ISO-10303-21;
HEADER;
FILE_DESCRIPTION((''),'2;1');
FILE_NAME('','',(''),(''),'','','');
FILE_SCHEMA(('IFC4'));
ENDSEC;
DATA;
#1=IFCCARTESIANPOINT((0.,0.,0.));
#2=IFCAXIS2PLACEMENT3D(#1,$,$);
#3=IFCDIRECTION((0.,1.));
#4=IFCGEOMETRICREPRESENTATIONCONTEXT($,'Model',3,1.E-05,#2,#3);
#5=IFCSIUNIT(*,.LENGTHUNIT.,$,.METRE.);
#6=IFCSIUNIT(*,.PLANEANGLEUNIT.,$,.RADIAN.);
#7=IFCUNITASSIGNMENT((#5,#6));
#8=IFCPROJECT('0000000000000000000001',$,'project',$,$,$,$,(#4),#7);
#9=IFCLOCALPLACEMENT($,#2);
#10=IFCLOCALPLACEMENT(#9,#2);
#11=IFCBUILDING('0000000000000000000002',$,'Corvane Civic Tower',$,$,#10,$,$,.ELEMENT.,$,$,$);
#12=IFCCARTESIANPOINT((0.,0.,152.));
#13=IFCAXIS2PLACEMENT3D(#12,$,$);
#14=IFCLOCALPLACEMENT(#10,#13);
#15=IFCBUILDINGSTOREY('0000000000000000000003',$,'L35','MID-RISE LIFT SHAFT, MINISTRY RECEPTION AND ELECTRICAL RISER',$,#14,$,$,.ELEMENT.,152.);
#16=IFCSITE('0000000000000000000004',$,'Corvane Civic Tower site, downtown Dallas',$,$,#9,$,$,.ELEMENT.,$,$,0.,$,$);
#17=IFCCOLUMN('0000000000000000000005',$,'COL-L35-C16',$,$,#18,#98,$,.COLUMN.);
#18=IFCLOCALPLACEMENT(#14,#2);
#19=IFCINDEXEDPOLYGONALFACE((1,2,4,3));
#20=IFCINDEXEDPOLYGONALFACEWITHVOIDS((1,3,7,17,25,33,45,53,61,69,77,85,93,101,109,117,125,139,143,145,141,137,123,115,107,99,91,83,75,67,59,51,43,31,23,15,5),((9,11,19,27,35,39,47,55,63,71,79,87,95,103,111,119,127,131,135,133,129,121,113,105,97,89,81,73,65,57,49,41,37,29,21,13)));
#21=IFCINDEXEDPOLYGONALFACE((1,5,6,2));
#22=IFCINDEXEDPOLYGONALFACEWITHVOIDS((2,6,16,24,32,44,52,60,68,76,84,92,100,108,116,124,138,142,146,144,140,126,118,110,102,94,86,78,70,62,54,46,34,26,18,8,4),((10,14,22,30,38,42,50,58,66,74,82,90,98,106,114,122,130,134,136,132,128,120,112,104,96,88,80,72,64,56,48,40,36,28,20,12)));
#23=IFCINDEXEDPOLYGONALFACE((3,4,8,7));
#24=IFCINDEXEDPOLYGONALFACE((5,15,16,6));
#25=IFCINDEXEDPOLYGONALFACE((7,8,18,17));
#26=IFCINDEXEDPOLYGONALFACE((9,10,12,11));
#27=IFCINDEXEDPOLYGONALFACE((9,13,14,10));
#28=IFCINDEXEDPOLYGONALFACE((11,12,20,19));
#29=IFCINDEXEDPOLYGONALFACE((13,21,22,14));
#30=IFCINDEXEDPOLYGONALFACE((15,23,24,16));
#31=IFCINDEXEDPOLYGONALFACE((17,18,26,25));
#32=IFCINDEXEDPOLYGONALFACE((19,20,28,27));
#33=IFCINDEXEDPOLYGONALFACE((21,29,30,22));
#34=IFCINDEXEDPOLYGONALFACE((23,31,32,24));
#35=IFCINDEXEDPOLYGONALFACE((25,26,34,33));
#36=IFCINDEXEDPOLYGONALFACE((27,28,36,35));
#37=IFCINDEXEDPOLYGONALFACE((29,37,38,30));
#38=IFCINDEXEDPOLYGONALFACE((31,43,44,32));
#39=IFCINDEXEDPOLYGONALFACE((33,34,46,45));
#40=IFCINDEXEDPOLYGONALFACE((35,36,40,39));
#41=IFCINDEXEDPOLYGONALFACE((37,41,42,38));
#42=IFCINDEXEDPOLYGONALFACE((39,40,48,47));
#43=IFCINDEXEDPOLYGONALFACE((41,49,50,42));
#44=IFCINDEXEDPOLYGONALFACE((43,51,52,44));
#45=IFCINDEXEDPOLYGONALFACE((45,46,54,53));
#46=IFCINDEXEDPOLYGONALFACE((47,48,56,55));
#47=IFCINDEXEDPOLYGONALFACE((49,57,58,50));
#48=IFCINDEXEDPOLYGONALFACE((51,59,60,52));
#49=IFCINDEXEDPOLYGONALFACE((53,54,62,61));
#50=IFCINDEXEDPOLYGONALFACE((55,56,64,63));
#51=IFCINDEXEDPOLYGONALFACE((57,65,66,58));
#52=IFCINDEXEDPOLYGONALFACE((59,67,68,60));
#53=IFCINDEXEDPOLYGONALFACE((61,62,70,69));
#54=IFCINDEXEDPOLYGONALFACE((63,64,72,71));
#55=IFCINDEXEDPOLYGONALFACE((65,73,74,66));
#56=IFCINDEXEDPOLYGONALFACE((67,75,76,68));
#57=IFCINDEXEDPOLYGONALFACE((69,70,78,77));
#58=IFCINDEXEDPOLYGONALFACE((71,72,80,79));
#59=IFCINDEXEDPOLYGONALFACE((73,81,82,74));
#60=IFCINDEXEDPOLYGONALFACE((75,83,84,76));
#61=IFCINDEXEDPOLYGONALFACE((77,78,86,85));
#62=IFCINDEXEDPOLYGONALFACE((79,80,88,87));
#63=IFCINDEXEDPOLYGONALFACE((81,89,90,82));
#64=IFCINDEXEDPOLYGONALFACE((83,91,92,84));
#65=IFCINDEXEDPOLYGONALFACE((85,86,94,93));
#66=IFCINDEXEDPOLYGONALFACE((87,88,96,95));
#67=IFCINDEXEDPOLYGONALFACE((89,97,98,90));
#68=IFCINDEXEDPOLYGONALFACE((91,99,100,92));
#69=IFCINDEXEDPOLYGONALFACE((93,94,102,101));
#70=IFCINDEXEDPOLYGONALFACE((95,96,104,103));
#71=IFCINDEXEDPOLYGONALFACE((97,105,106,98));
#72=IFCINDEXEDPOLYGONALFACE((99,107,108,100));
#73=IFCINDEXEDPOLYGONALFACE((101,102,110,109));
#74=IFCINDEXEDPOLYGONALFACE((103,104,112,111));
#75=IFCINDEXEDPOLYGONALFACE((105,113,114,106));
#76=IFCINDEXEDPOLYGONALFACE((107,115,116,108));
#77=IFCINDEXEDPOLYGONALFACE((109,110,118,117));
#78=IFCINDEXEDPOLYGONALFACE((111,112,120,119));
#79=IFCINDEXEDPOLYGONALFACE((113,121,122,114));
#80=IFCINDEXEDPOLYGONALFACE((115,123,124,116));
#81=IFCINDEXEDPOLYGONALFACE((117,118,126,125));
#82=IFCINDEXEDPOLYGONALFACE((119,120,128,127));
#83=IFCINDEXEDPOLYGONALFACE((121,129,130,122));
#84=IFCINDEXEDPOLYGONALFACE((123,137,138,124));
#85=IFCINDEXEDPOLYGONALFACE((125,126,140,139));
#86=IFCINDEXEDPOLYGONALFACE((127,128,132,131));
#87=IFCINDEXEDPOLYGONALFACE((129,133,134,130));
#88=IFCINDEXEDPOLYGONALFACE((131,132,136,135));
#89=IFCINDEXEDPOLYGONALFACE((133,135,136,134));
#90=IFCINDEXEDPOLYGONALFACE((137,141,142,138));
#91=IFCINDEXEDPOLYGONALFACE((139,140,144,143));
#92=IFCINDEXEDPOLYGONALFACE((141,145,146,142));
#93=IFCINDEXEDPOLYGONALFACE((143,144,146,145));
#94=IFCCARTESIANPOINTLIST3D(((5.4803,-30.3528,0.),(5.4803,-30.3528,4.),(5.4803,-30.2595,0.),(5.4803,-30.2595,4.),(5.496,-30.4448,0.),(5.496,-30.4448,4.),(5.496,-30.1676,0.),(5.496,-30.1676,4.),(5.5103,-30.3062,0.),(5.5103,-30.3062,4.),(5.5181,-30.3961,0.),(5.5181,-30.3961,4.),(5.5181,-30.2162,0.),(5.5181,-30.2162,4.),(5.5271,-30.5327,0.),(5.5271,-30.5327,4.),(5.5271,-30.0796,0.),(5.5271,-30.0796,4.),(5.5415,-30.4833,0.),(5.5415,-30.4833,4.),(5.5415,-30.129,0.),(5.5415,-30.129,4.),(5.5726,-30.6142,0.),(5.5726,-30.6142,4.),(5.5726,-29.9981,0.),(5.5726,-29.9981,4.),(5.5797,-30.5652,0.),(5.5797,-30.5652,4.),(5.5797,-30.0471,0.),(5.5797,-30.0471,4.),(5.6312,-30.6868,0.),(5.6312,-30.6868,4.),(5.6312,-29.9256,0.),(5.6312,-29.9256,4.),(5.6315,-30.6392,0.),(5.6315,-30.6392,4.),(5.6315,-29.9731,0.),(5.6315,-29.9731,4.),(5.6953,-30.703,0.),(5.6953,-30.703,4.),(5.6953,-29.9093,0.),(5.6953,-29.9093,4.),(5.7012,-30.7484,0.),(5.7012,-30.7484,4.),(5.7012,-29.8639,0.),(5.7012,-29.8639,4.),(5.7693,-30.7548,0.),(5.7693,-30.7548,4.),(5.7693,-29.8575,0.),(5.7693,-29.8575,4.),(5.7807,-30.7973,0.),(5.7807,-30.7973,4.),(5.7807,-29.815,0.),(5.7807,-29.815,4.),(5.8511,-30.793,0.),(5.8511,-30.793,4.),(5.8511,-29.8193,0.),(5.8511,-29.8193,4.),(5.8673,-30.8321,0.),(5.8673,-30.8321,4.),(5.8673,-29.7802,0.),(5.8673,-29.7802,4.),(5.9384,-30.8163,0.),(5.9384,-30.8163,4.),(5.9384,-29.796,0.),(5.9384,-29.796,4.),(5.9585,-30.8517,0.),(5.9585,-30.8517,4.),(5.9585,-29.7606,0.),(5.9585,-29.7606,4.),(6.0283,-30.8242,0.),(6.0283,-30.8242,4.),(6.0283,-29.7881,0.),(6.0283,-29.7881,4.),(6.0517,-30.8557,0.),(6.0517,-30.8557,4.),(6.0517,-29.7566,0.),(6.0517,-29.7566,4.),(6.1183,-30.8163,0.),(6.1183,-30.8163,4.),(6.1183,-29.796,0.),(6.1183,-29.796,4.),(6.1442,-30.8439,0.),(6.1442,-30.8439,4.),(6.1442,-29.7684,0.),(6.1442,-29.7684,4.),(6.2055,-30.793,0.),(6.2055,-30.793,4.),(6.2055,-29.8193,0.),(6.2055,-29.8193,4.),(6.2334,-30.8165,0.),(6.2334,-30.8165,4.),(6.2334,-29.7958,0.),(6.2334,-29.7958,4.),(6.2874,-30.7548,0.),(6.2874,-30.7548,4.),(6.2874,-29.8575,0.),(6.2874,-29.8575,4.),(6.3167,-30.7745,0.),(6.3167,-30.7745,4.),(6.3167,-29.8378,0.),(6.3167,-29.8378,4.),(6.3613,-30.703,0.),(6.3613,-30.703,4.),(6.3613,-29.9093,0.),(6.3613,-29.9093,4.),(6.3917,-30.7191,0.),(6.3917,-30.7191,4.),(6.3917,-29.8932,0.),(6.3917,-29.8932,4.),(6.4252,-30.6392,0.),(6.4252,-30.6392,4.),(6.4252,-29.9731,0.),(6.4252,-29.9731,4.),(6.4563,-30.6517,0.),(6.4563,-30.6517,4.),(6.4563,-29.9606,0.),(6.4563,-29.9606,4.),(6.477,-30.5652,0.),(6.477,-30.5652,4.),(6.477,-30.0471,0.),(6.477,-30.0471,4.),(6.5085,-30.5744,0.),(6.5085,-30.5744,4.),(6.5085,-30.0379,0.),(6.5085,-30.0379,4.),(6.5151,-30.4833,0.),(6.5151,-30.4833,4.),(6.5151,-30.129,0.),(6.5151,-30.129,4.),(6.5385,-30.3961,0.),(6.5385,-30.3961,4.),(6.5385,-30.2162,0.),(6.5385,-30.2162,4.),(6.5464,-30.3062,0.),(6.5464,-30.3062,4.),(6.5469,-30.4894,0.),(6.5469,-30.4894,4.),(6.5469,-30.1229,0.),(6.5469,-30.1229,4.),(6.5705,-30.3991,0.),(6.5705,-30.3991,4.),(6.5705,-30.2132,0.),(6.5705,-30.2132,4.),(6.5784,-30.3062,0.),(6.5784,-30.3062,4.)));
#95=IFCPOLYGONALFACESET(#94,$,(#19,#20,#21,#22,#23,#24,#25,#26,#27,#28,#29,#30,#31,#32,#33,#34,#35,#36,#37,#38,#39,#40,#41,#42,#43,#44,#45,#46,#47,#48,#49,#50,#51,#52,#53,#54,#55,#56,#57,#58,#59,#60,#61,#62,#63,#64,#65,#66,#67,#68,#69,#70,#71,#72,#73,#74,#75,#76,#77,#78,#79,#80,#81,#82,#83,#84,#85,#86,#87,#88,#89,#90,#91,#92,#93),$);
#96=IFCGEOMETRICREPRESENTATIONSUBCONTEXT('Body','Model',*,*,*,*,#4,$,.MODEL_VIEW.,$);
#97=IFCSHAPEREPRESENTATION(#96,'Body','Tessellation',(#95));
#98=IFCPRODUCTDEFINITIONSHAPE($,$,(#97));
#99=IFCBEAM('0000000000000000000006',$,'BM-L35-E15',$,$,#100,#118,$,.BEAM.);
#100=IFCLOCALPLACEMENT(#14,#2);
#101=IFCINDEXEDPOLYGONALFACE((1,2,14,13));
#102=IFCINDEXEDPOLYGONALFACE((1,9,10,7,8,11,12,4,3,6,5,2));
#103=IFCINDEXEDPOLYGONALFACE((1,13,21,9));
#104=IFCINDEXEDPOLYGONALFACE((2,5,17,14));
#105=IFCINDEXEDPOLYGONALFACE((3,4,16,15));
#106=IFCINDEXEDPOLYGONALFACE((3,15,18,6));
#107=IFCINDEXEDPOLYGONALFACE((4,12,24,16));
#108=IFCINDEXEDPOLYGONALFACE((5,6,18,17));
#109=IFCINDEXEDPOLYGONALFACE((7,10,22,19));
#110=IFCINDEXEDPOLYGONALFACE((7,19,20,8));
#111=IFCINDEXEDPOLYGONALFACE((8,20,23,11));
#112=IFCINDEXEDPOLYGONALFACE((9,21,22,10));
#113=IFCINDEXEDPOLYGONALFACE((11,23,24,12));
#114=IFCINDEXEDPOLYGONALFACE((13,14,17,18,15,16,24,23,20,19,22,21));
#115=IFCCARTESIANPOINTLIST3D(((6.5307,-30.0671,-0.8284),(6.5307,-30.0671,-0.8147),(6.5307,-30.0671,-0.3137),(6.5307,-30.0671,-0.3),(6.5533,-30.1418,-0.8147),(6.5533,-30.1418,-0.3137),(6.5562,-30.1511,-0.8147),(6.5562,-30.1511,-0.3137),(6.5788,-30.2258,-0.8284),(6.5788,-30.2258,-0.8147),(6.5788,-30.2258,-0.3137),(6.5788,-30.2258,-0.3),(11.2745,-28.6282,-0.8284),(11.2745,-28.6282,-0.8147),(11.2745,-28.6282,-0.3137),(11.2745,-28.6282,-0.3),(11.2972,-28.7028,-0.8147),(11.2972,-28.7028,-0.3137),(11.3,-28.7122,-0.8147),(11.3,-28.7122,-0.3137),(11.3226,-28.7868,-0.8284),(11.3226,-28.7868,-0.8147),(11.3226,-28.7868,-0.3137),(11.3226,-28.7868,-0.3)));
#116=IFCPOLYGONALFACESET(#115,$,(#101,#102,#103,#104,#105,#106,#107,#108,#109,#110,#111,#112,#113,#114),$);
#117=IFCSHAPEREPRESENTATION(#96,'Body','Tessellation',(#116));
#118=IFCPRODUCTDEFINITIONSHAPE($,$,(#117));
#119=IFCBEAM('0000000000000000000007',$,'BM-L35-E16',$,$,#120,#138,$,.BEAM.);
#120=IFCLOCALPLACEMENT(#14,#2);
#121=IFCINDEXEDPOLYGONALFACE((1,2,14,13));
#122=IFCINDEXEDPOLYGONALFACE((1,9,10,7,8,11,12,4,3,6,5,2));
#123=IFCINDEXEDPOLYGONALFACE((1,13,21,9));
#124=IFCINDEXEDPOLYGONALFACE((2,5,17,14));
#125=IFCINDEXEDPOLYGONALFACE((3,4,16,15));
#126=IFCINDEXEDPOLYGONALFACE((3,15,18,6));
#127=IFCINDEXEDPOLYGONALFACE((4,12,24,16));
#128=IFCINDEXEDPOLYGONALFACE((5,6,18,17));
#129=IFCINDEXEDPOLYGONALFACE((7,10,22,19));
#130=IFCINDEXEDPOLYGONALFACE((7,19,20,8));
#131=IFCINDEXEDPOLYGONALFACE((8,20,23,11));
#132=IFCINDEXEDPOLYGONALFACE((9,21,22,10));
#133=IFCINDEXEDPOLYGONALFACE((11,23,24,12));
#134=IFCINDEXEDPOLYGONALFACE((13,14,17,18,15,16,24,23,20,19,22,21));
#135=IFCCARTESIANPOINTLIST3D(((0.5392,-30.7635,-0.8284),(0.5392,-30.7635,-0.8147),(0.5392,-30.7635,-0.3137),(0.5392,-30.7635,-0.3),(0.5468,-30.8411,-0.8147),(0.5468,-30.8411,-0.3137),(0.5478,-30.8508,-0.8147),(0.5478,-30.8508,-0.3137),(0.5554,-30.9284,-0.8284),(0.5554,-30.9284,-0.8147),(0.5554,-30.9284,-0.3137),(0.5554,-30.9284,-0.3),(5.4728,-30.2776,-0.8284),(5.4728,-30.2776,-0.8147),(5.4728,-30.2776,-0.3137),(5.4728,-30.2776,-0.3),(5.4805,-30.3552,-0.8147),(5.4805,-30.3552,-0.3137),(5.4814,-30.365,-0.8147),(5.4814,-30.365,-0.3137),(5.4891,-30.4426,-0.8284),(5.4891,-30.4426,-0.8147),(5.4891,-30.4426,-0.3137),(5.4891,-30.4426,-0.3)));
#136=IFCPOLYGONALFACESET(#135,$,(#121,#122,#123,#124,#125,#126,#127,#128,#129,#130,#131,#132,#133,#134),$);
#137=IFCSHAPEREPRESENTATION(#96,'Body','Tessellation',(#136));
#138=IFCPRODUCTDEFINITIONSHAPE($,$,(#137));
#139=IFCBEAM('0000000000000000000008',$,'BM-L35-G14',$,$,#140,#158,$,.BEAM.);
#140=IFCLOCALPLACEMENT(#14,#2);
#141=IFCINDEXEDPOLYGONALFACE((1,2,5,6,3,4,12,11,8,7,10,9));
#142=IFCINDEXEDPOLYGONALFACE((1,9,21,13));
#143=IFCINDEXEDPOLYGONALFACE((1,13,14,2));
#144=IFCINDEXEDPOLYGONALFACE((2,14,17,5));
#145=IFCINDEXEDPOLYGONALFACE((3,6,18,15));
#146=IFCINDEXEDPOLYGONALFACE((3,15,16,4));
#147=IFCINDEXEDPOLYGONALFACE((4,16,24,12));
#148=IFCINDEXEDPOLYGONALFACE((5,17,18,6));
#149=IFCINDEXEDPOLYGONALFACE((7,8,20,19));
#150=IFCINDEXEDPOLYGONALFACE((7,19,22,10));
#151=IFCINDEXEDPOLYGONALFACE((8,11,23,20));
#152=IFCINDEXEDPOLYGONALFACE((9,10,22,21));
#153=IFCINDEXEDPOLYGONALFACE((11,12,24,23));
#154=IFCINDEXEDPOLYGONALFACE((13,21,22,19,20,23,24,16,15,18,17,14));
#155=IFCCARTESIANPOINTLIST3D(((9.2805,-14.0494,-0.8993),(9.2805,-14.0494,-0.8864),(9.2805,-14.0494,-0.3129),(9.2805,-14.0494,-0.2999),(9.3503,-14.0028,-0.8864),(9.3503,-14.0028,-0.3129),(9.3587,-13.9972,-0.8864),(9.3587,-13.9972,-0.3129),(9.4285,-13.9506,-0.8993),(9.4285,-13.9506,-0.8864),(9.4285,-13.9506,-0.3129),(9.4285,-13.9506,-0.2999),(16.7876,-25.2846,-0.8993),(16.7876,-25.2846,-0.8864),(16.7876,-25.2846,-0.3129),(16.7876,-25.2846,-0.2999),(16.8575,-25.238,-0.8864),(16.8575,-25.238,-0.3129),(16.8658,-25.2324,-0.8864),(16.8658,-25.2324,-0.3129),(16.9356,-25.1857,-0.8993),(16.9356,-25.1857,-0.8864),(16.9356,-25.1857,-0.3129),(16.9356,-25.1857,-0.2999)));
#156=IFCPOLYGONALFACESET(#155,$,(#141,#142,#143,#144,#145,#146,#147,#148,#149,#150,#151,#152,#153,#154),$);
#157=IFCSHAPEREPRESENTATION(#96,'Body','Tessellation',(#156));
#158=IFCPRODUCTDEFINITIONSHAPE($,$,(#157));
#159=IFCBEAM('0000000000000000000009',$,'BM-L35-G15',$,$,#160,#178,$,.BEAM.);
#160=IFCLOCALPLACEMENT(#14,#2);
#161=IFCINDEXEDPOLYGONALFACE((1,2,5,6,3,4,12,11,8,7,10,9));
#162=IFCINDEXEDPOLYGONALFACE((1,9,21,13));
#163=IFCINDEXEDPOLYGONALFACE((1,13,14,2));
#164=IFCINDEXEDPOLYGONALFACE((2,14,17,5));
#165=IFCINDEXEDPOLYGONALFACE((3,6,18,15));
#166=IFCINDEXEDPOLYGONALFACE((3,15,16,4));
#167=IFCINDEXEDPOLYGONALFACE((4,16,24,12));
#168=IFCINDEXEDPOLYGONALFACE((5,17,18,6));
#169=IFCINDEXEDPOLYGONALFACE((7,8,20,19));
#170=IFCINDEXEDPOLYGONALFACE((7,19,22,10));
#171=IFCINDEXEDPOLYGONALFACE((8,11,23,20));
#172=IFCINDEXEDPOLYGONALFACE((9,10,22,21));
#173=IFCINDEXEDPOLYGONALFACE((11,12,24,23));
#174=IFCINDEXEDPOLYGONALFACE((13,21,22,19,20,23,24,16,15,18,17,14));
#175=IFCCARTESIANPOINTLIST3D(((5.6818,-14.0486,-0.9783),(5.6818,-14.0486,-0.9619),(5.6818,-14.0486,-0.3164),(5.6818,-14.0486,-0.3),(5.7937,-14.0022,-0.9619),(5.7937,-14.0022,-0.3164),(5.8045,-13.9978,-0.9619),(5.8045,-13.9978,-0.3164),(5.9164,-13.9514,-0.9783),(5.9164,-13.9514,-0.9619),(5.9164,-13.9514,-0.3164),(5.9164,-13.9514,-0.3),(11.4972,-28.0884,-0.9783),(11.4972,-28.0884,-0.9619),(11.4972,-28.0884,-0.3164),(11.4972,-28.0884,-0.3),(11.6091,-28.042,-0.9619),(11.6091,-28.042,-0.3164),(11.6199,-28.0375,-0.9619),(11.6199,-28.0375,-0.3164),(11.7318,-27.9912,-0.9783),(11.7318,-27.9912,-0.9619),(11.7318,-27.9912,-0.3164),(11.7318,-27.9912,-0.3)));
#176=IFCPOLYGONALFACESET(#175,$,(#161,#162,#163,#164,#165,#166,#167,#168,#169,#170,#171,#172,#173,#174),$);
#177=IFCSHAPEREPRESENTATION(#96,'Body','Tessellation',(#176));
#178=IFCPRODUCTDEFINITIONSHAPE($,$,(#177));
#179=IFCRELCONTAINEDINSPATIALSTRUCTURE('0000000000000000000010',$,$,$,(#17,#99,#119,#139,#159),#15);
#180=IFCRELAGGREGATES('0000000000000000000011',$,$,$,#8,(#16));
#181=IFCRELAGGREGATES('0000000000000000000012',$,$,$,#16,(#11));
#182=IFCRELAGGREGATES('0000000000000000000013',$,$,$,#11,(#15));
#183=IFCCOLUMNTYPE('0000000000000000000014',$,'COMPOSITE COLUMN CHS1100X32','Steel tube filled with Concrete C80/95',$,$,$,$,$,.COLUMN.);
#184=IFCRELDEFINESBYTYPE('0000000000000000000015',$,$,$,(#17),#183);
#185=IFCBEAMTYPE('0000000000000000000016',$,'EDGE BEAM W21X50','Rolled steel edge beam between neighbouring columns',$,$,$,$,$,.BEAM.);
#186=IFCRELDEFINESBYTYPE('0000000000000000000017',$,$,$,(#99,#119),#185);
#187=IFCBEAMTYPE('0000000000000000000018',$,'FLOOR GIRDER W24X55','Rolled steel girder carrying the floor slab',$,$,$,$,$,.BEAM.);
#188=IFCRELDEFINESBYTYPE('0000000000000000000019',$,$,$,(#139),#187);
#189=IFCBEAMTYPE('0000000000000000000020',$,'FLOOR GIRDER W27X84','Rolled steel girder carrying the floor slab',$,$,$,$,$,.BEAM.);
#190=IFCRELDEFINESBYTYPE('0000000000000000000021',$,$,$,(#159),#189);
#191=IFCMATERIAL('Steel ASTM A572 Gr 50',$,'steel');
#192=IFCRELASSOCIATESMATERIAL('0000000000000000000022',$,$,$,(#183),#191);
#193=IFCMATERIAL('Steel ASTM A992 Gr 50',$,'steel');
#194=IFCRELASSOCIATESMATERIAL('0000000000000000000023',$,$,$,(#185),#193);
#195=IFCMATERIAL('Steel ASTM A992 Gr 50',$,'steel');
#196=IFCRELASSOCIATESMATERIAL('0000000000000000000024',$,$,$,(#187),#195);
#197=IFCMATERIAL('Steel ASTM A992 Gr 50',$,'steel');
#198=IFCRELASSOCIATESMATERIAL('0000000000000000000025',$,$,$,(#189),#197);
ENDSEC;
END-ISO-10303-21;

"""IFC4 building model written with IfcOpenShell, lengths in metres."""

from ifc_helpers import new_model, si_unit, direction, frame, origin, origin_2d, place, context, subcontext, project, spatial, hollow_circle, i_section, extrude, material, material_profile, profile_set, type_object, element, save


model = new_model("IFC4")

# Units and contexts
model_context = context("Model", 3, precision=1e-05, world=origin(), true_north=direction((0.0, 1.0)))
body_context = subcontext(model_context, "Body", "Model", "MODEL_VIEW")
ifc_project = project(units=[si_unit("LENGTHUNIT", "METRE"), si_unit("PLANEANGLEUNIT", "RADIAN")], contexts=[model_context])

# Site, building, storey
site_placement = place(None, origin())
site = spatial("IfcSite", under=ifc_project, at=site_placement, Name="Corvane Civic Tower site, downtown Dallas", CompositionType="ELEMENT", RefElevation=0.0)
building_placement = place(site_placement, origin())
building = spatial("IfcBuilding", under=site, at=building_placement, Name="Corvane Civic Tower", CompositionType="ELEMENT")
storey_placement = place(building_placement, frame((0.0, 0.0, 152.0)))
storey = spatial("IfcBuildingStorey", under=building, at=storey_placement, Name="L35", Description="MID-RISE LIFT SHAFT, MINISTRY RECEPTION AND ELECTRICAL RISER", CompositionType="ELEMENT", Elevation=152.0)

# Column
ifc_material_1 = material(Name="Steel ASTM A572 Gr 50", Category="steel")
ifc_material_profile_1 = material_profile(ifc_material_1, hollow_circle(Radius=0.55, WallThickness=0.032, at=origin_2d()), Name="CHS1100X32")
ifc_profile_set_1 = profile_set([ifc_material_profile_1], Name="Steel ASTM A572 Gr 50")
column_type = type_object("IfcColumnType", Name="COMPOSITE COLUMN CHS1100X32", Description="Steel tube filled with Concrete C80/95", PredefinedType="COLUMN", material=ifc_profile_set_1)
column_placement = place(storey_placement, frame((6.0283, -30.3062, 0.0), z_axis=(0.0, 0.0, 1.0), x_axis=(1.0, 0.0, 0.0)))
element("IfcColumn", 1, at=column_placement, inside=storey, type_object=column_type, Name="COL-L35-C16", PredefinedType="COLUMN", context=body_context, shape_type="SweptSolid", body=[
    extrude(hollow_circle(Radius=0.55, WallThickness=0.032, at=origin_2d()), origin(), (0.0, 0.0, 1.0), 4.0),
])

# Beams
ifc_material_2 = material(Name="Steel ASTM A992 Gr 50", Category="steel")
ifc_material_profile_2 = material_profile(ifc_material_2, i_section(OverallWidth=0.1658, OverallDepth=0.5283, WebThickness=0.0098, FlangeThickness=0.0137, at=origin_2d()), Name="W21X50")
ifc_profile_set_2 = profile_set([ifc_material_profile_2], Name="Steel ASTM A992 Gr 50")
beam_type_1 = type_object("IfcBeamType", Name="EDGE BEAM W21X50", Description="Rolled steel edge beam between neighbouring columns", PredefinedType="BEAM", material=ifc_profile_set_2)
beam_1_placement = place(storey_placement, frame((11.2986, -28.7075, -0.5642), z_axis=(-0.956945, -0.29027, 0.0), x_axis=(0.29027, -0.956945, 0.0)))
element("IfcBeam", 2, at=beam_1_placement, inside=storey, type_object=beam_type_1, Name="BM-L35-E15", PredefinedType="BEAM", context=body_context, shape_type="SweptSolid", body=[
    extrude(i_section(OverallWidth=0.1658, OverallDepth=0.5283, WebThickness=0.0098, FlangeThickness=0.0137, at=origin_2d()), origin(), (0.0, 0.0, 1.0), 4.9573),
])
beam_2_placement = place(storey_placement, frame((5.481, -30.3601, -0.5642), z_axis=(-0.995186, -0.098002, 0.0), x_axis=(0.098002, -0.995186, 0.0)))
element("IfcBeam", 3, at=beam_2_placement, inside=storey, type_object=beam_type_1, Name="BM-L35-E16", PredefinedType="BEAM", context=body_context, shape_type="SweptSolid", body=[
    extrude(i_section(OverallWidth=0.1658, OverallDepth=0.5283, WebThickness=0.0098, FlangeThickness=0.0137, at=origin_2d()), origin(), (0.0, 0.0, 1.0), 4.9575),
])
ifc_material_3 = material(Name="Steel ASTM A992 Gr 50", Category="steel")
ifc_material_profile_3 = material_profile(ifc_material_3, i_section(OverallWidth=0.178, OverallDepth=0.5994, WebThickness=0.01, FlangeThickness=0.0129, at=origin_2d()), Name="W24X55")
ifc_profile_set_3 = profile_set([ifc_material_profile_3], Name="Steel ASTM A992 Gr 50")
beam_type_2 = type_object("IfcBeamType", Name="FLOOR GIRDER W24X55", Description="Rolled steel girder carrying the floor slab", PredefinedType="BEAM", material=ifc_profile_set_3)
beam_3_placement = place(storey_placement, frame((9.3545, -14.0, -0.5996), z_axis=(0.555571, -0.831469, 0.0), x_axis=(0.831469, 0.555571, 0.0)))
element("IfcBeam", 4, at=beam_3_placement, inside=storey, type_object=beam_type_2, Name="BM-L35-G14", PredefinedType="BEAM", context=body_context, shape_type="SweptSolid", body=[
    extrude(i_section(OverallWidth=0.178, OverallDepth=0.5994, WebThickness=0.01, FlangeThickness=0.0129, at=origin_2d()), origin(), (0.0, 0.0, 1.0), 13.5125),
])
ifc_material_4 = material(Name="Steel ASTM A992 Gr 50", Category="steel")
ifc_material_profile_4 = material_profile(ifc_material_4, i_section(OverallWidth=0.2539, OverallDepth=0.6782, WebThickness=0.0117, FlangeThickness=0.0164, at=origin_2d()), Name="W27X84")
ifc_profile_set_4 = profile_set([ifc_material_profile_4], Name="Steel ASTM A992 Gr 50")
beam_type_3 = type_object("IfcBeamType", Name="FLOOR GIRDER W27X84", Description="Rolled steel girder carrying the floor slab", PredefinedType="BEAM", material=ifc_profile_set_4)
beam_4_placement = place(storey_placement, frame((5.7991, -14.0, -0.6392), z_axis=(0.382681, -0.923881, 0.0), x_axis=(0.923881, 0.382681, 0.0)))
element("IfcBeam", 5, at=beam_4_placement, inside=storey, type_object=beam_type_3, Name="BM-L35-G15", PredefinedType="BEAM", context=body_context, shape_type="SweptSolid", body=[
    extrude(i_section(OverallWidth=0.2539, OverallDepth=0.6782, WebThickness=0.0117, FlangeThickness=0.0164, at=origin_2d()), origin(), (0.0, 0.0, 1.0), 15.1965),
])

save(model, "model.ifc")
